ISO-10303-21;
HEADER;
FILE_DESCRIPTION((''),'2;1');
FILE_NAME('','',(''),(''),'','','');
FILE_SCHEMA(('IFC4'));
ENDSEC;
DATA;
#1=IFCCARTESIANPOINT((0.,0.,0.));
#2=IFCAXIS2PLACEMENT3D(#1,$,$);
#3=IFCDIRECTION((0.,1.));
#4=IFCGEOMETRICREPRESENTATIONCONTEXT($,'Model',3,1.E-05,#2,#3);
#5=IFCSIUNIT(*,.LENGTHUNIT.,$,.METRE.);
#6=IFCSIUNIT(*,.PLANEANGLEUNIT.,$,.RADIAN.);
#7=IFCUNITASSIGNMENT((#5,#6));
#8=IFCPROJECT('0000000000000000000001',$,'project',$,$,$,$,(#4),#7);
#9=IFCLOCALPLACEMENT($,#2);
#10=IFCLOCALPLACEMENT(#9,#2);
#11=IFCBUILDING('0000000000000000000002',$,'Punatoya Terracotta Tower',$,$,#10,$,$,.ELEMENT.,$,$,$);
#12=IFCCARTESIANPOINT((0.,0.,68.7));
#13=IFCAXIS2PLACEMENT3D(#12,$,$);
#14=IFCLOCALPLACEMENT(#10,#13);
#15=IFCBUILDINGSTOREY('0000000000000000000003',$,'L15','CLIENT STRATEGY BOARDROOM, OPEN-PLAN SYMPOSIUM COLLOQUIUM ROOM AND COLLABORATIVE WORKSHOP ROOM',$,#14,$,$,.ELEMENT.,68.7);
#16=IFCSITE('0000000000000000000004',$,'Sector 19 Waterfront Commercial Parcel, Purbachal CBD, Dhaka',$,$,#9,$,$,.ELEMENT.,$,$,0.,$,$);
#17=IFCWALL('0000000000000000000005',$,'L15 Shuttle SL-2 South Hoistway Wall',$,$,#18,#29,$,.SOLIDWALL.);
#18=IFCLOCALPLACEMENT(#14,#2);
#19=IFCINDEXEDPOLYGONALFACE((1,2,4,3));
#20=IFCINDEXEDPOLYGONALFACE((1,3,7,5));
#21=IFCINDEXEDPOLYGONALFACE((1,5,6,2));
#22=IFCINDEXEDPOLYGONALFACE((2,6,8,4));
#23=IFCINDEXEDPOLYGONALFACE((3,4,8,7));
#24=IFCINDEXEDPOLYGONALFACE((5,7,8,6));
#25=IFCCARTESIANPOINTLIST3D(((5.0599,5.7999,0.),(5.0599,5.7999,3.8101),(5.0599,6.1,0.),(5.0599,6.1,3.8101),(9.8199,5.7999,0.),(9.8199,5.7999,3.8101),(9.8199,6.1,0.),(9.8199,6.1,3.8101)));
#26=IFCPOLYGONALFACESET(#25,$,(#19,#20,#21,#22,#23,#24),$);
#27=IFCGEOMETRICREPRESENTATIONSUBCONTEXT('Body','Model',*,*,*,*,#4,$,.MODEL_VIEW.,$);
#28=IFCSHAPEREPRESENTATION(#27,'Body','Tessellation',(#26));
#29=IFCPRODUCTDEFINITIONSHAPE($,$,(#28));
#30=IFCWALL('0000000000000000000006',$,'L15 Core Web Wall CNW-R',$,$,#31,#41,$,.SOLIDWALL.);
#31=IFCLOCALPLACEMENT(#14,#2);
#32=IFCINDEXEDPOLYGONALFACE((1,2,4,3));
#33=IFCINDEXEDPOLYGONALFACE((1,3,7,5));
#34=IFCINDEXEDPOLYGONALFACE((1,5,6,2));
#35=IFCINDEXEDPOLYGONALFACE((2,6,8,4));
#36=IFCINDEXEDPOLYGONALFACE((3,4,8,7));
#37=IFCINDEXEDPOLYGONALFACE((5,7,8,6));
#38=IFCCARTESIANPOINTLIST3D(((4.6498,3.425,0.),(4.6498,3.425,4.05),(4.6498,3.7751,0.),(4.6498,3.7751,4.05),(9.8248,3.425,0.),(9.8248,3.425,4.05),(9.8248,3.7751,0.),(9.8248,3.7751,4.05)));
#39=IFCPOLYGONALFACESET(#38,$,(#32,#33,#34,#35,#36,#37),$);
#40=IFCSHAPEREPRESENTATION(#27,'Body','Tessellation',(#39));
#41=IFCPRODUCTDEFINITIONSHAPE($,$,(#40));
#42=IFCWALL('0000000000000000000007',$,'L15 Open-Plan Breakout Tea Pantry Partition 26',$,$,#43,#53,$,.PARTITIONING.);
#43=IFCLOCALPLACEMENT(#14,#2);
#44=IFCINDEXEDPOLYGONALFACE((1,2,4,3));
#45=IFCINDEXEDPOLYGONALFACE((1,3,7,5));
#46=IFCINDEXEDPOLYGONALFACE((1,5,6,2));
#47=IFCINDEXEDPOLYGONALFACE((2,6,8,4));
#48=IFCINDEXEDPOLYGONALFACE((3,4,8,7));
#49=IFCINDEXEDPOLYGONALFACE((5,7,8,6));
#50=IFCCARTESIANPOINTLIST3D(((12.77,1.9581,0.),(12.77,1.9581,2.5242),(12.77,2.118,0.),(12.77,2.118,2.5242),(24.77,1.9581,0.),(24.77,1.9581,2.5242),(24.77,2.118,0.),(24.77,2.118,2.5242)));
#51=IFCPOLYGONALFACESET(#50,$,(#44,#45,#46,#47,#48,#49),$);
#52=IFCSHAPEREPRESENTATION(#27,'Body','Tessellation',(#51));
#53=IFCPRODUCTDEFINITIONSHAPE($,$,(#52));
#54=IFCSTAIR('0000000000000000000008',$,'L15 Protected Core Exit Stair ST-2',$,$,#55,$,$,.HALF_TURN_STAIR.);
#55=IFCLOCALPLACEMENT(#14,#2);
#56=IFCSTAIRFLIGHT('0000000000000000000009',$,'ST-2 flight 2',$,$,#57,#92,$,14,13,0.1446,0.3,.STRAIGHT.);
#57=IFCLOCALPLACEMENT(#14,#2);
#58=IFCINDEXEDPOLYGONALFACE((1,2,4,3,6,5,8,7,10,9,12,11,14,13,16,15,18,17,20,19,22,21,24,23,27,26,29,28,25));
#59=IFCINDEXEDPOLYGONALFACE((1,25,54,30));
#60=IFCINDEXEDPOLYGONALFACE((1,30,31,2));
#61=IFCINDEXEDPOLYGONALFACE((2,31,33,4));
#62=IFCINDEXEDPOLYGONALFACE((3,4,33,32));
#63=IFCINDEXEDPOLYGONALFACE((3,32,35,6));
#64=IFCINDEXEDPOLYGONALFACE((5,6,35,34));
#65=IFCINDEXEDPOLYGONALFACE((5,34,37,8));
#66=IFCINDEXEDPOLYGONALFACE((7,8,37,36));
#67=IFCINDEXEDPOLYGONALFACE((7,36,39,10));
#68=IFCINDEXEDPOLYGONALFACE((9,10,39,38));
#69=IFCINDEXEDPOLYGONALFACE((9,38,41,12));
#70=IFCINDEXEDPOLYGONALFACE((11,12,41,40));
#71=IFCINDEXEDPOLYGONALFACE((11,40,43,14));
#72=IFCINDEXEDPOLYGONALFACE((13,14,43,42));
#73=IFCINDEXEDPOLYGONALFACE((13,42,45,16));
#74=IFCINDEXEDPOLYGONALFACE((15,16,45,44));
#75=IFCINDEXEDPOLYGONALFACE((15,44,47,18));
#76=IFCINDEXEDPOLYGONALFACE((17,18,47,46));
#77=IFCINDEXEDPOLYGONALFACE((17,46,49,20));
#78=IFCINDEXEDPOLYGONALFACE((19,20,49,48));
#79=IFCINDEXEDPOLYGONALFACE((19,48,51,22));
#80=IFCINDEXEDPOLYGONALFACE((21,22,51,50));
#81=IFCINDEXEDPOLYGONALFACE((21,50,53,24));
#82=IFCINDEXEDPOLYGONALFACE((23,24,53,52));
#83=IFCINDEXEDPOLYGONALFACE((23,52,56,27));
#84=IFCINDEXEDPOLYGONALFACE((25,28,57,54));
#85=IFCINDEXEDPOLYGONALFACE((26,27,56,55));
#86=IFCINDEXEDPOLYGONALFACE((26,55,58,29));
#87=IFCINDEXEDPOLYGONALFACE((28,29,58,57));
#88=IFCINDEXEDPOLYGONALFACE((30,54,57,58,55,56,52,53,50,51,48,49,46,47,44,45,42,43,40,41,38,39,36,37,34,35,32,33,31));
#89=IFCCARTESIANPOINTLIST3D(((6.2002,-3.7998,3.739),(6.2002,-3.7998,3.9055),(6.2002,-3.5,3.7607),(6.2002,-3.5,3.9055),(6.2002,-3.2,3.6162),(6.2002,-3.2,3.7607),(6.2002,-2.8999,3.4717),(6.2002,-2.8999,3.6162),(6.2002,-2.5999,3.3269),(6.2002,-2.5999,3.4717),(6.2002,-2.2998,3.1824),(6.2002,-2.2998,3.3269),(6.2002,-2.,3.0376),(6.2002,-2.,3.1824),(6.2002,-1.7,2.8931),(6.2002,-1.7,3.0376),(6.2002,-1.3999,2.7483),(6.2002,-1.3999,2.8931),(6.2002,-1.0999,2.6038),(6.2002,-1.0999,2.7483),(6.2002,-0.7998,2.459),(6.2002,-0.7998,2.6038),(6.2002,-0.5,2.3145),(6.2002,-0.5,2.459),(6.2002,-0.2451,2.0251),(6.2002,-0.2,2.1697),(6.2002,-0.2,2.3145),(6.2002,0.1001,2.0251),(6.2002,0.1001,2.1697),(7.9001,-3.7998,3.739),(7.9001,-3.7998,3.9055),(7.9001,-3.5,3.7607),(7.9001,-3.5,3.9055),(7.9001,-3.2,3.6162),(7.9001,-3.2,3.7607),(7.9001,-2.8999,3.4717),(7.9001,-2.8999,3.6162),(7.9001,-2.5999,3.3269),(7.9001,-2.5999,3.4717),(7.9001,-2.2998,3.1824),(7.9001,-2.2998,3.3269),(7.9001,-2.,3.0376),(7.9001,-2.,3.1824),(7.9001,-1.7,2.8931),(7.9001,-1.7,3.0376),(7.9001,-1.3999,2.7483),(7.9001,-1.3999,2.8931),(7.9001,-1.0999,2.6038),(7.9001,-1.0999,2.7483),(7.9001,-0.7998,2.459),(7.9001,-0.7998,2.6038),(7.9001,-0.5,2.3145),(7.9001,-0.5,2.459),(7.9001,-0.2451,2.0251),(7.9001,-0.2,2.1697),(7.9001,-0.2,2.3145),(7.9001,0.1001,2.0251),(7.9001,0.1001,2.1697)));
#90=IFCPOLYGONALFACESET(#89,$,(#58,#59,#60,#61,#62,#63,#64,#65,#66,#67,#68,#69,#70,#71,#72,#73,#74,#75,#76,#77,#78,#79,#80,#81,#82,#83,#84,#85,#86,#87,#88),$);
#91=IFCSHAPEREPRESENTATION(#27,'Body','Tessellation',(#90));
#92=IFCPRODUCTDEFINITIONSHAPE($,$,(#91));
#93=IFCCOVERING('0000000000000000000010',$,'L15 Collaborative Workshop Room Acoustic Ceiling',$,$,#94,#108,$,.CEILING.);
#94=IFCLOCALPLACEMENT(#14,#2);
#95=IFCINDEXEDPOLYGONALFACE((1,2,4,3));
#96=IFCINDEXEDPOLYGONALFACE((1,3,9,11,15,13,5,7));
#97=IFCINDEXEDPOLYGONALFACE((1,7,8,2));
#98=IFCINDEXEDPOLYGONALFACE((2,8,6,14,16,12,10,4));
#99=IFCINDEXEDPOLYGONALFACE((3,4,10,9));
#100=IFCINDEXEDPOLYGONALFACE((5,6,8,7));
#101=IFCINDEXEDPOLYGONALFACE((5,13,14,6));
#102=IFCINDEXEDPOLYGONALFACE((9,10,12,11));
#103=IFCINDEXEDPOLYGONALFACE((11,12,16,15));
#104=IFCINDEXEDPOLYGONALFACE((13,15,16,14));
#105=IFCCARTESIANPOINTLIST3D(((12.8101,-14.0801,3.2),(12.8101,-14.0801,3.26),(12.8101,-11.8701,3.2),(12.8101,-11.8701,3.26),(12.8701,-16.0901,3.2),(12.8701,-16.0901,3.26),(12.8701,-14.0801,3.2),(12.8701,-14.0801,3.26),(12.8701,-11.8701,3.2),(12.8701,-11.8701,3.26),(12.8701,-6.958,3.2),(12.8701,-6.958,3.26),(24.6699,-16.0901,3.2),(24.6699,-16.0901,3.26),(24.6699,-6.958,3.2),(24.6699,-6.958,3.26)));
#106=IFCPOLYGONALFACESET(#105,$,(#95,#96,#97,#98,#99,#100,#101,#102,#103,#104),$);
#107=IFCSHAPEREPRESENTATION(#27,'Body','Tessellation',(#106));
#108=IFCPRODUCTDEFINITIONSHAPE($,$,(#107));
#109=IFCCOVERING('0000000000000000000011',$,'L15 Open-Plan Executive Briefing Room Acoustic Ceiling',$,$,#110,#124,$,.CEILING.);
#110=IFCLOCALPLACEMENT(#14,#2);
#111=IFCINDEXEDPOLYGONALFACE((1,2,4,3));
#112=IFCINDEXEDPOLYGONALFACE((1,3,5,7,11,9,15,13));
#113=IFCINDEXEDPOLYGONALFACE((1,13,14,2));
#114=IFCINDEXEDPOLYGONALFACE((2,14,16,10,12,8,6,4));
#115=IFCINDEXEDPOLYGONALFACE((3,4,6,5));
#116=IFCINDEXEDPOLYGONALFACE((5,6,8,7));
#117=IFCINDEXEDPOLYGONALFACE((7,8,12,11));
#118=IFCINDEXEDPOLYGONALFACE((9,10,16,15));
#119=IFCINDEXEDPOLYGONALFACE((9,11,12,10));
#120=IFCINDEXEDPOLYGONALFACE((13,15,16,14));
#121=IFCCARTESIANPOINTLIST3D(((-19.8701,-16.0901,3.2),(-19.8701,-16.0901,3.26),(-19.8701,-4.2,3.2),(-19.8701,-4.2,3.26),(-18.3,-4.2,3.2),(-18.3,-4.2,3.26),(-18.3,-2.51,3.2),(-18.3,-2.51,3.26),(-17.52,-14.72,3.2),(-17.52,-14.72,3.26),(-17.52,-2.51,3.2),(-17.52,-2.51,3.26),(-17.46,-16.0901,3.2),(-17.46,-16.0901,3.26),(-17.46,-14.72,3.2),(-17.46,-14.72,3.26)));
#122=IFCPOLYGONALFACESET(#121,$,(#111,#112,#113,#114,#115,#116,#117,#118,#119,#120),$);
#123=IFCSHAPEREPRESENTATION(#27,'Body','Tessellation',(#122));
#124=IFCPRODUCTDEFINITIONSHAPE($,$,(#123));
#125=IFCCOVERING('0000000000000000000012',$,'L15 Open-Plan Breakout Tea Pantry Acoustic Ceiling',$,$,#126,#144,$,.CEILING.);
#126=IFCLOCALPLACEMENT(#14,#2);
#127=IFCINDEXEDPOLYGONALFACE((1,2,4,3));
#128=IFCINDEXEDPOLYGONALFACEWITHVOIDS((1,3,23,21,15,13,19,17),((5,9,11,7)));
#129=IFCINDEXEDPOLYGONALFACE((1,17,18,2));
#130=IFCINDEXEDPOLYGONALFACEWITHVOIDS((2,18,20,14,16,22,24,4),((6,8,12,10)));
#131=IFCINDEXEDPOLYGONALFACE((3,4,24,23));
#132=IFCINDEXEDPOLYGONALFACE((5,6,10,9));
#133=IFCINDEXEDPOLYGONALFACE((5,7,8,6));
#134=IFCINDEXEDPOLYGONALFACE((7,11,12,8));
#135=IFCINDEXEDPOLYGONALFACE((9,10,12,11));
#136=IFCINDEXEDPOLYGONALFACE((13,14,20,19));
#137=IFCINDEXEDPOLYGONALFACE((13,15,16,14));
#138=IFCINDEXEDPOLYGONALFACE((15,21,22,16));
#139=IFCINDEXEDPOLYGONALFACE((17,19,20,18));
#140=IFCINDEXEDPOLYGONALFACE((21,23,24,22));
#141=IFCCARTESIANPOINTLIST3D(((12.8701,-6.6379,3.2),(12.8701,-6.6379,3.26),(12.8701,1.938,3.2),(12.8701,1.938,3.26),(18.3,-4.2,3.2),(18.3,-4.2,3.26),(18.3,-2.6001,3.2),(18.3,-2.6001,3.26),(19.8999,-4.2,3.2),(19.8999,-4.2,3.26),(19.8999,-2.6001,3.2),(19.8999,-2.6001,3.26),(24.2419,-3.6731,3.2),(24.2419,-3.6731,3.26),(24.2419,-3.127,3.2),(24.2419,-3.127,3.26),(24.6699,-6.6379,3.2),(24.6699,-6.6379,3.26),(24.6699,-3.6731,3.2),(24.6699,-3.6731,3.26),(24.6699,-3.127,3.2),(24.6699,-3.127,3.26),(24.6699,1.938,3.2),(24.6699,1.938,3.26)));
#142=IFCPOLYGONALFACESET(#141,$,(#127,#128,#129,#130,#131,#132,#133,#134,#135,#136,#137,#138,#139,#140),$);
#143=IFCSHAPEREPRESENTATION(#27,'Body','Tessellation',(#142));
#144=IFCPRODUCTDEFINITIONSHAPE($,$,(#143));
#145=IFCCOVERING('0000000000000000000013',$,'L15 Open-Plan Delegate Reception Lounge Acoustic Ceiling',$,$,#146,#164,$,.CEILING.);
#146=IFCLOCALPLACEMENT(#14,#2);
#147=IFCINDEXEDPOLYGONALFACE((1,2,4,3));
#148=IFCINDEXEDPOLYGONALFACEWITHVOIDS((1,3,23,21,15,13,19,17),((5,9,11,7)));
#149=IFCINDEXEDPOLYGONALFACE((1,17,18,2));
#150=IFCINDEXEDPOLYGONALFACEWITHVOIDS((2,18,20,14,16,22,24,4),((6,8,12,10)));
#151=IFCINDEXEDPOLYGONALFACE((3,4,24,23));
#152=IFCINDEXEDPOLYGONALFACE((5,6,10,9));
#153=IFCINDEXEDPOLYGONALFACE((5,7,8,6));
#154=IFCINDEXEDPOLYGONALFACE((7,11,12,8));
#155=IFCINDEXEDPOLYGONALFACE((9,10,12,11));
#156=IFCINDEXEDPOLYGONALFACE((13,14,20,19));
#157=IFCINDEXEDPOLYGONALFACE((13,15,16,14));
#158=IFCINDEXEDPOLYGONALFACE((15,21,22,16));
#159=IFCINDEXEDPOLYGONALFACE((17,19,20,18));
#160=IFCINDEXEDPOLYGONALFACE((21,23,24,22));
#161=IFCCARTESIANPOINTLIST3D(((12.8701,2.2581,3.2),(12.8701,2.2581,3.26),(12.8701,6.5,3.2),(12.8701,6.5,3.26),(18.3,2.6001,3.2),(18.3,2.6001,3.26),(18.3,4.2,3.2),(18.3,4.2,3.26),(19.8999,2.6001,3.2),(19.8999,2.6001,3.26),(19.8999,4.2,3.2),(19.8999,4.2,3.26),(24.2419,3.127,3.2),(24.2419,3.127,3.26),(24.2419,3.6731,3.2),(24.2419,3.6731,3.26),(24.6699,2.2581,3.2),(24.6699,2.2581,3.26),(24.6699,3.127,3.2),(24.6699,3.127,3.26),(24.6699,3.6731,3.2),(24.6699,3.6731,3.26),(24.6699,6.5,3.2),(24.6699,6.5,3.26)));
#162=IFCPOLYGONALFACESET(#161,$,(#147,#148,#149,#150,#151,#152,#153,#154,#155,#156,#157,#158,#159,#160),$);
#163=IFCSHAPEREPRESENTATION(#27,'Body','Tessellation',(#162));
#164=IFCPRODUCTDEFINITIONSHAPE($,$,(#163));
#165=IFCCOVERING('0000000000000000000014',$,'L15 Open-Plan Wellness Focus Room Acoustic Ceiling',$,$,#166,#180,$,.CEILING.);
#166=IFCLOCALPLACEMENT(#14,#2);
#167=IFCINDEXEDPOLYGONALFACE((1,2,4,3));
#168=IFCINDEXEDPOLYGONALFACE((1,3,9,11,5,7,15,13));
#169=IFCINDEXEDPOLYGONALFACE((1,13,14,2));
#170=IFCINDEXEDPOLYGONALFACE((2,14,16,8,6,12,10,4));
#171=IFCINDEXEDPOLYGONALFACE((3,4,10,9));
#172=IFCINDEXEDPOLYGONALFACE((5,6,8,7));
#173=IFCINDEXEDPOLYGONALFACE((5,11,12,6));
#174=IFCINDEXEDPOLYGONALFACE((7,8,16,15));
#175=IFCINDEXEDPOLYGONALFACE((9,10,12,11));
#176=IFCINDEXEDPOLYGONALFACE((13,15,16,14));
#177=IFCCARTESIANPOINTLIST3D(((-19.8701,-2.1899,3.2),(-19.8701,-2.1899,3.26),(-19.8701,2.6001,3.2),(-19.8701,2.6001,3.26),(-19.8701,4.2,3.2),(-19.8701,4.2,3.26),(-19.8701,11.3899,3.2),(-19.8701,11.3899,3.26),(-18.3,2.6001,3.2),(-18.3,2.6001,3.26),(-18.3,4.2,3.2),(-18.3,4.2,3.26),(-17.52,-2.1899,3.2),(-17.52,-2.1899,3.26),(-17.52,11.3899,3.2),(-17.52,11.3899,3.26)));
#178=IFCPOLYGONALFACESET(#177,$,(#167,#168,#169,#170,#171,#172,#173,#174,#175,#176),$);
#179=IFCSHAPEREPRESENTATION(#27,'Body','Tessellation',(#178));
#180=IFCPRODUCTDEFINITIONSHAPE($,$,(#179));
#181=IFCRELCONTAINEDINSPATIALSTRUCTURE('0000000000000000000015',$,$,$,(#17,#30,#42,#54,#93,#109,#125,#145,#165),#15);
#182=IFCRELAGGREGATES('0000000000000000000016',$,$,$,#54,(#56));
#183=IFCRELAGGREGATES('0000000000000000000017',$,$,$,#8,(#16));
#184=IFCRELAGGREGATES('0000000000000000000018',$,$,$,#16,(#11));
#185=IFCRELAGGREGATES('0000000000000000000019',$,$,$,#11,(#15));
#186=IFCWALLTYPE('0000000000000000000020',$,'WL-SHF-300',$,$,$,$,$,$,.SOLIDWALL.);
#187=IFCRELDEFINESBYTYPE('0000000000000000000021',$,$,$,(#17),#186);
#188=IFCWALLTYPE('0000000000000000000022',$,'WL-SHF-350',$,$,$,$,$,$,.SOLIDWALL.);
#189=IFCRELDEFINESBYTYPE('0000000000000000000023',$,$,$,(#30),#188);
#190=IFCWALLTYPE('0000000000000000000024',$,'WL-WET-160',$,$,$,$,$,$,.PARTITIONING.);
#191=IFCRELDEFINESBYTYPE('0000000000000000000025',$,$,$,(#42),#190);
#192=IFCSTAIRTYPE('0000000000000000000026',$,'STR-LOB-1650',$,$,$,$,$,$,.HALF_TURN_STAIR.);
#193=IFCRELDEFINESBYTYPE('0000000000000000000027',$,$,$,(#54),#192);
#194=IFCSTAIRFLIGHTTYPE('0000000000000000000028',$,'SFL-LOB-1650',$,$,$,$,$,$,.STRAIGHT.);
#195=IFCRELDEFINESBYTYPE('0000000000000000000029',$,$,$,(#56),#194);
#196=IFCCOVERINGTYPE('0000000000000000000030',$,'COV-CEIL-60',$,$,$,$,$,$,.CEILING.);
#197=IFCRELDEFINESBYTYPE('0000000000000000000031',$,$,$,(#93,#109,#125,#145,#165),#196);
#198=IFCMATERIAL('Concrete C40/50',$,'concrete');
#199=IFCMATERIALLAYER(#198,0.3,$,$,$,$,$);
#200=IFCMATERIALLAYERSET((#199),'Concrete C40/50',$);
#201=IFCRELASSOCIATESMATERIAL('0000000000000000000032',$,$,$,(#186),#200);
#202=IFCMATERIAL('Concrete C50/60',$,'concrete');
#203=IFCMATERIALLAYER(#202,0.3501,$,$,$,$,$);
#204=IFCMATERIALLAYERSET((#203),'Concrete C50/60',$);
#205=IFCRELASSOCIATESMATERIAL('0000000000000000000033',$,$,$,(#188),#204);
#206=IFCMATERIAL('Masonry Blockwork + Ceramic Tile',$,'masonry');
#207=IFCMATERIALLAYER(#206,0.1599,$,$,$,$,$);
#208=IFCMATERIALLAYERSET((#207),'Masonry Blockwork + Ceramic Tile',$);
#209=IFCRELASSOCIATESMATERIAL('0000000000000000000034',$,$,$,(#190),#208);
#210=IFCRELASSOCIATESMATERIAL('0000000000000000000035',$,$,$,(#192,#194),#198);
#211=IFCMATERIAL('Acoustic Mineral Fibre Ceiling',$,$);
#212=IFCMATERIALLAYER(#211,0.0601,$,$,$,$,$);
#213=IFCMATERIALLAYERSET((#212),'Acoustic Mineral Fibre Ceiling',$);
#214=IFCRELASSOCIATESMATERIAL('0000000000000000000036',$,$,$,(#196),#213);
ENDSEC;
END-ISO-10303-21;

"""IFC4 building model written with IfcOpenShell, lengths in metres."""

from ifc_helpers import new_model, si_unit, direction, frame, frame_2d, origin, place, context, subcontext, project, spatial, polyline, rectangle, outline, extrude, material, layer, layer_set, type_object, element, aggregate, save


model = new_model("IFC4")

# Units and contexts
model_context = context("Model", 3, precision=1e-05, world=origin(), true_north=direction((0.0, 1.0)))
body_context = subcontext(model_context, "Body", "Model", "MODEL_VIEW")
ifc_project = project(units=[si_unit("LENGTHUNIT", "METRE"), si_unit("PLANEANGLEUNIT", "RADIAN")], contexts=[model_context])

# Site, building, storey
site_placement = place(None, origin())
site = spatial("IfcSite", under=ifc_project, at=site_placement, Name="Sector 19 Waterfront Commercial Parcel, Purbachal CBD, Dhaka", CompositionType="ELEMENT", RefElevation=0.0)
building_placement = place(site_placement, origin())
building = spatial("IfcBuilding", under=site, at=building_placement, Name="Punatoya Terracotta Tower", CompositionType="ELEMENT")
storey_placement = place(building_placement, frame((0.0, 0.0, 68.7)))
storey = spatial("IfcBuildingStorey", under=building, at=storey_placement, Name="L15", Description="CLIENT STRATEGY BOARDROOM, OPEN-PLAN SYMPOSIUM COLLOQUIUM ROOM AND COLLABORATIVE WORKSHOP ROOM", CompositionType="ELEMENT", Elevation=68.7)

# Shared definitions
ifc_material_1 = material(Name="Concrete C40/50", Category="concrete")

# Walls
ifc_layer_1 = layer(ifc_material_1, 0.3)
ifc_layer_set_1 = layer_set([ifc_layer_1], Name="Concrete C40/50")
wall_type_1 = type_object("IfcWallType", Name="WL-SHF-300", PredefinedType="SOLIDWALL", material=ifc_layer_set_1)
wall_1_placement = place(storey_placement, frame((5.0601, 5.95, 0.0), z_axis=(0.0, 0.0, 1.0), x_axis=(1.0, 0.0, 0.0)))
element("IfcWall", 1, at=wall_1_placement, inside=storey, type_object=wall_type_1, Name="L15 Shuttle SL-2 South Hoistway Wall", PredefinedType="SOLIDWALL", context=body_context, shape_type="SweptSolid", body=[
    extrude(rectangle(XDim=4.76, YDim=0.3, at=frame_2d((2.3799, 0.0))), origin(), (0.0, 0.0, 1.0), 3.8101),
])
ifc_material_2 = material(Name="Concrete C50/60", Category="concrete")
ifc_layer_2 = layer(ifc_material_2, 0.3501)
ifc_layer_set_2 = layer_set([ifc_layer_2], Name="Concrete C50/60")
wall_type_2 = type_object("IfcWallType", Name="WL-SHF-350", PredefinedType="SOLIDWALL", material=ifc_layer_set_2)
wall_2_placement = place(storey_placement, frame((4.6499, 3.6001, 0.0), z_axis=(0.0, 0.0, 1.0), x_axis=(1.0, 0.0, 0.0)))
element("IfcWall", 2, at=wall_2_placement, inside=storey, type_object=wall_type_2, Name="L15 Core Web Wall CNW-R", PredefinedType="SOLIDWALL", context=body_context, shape_type="SweptSolid", body=[
    extrude(rectangle(XDim=5.175, YDim=0.3501, at=frame_2d((2.5874, 0.0))), origin(), (0.0, 0.0, 1.0), 4.05),
])
ifc_material_3 = material(Name="Masonry Blockwork + Ceramic Tile", Category="masonry")
ifc_layer_3 = layer(ifc_material_3, 0.1599)
ifc_layer_set_3 = layer_set([ifc_layer_3], Name="Masonry Blockwork + Ceramic Tile")
wall_type_3 = type_object("IfcWallType", Name="WL-WET-160", PredefinedType="PARTITIONING", material=ifc_layer_set_3)
wall_3_placement = place(storey_placement, frame((12.77, 2.0381, 0.0), z_axis=(0.0, 0.0, 1.0), x_axis=(1.0, 0.0, 0.0)))
element("IfcWall", 3, at=wall_3_placement, inside=storey, type_object=wall_type_3, Name="L15 Open-Plan Breakout Tea Pantry Partition 26", PredefinedType="PARTITIONING", context=body_context, shape_type="SweptSolid", body=[
    extrude(rectangle(XDim=12.0, YDim=0.1599, at=frame_2d((6.0, 0.0))), origin(), (0.0, 0.0, 1.0), 2.5242),
])

# Stair, stair flight
stair_type = type_object("IfcStairType", Name="STR-LOB-1650", PredefinedType="HALF_TURN_STAIR", material=ifc_material_1)
stair_placement = place(storey_placement, origin())
stair = element("IfcStair", 4, at=stair_placement, inside=storey, type_object=stair_type, Name="L15 Protected Core Exit Stair ST-2", PredefinedType="HALF_TURN_STAIR")
stair_flight_type = type_object("IfcStairFlightType", Name="SFL-LOB-1650", PredefinedType="STRAIGHT", material=ifc_material_1)
stair_flight_placement = place(storey_placement, frame((7.05, 0.1001, 2.0251), z_axis=(0.0, 0.0, 1.0), x_axis=(0.0, -1.0, 0.0)))
stair_flight = element("IfcStairFlight", 5, at=stair_flight_placement, type_object=stair_flight_type, Name="ST-2 flight 2", NumberOfRisers=14, NumberOfTreads=13, PredefinedType="STRAIGHT", RiserHeight=0.1446, TreadLength=0.3, context=body_context, shape_type="SweptSolid", body=[
    extrude(outline(polyline([(0.0, 0.0), (0.0, 0.1445), (0.3, 0.1445), (0.3, 0.2893), (0.6001, 0.2893), (0.6001, 0.4338), (0.8999, 0.4338), (0.8999, 0.5786), (1.2, 0.5786), (1.2, 0.7231), (1.5, 0.7231), (1.5, 0.8679), (1.8, 0.8679), (1.8, 1.0125), (2.1001, 1.0125), (2.1001, 1.1572), (2.3999, 1.1572), (2.3999, 1.3018), (2.7, 1.3018), (2.7, 1.4465), (3.0, 1.4465), (3.0, 1.5911), (3.3, 1.5911), (3.3, 1.7356), (3.6001, 1.7356), (3.6001, 1.8804), (3.8999, 1.8804), (3.8999, 2.0249), (3.8999, 1.7139), (0.3452, 0.0), (0.0, 0.0)])), frame((0.0, 0.8501, 0.0), z_axis=(0.0, -1.0, 0.0), x_axis=(1.0, 0.0, 0.0)), (0.0, 0.0, 1.0), 1.7),
])
aggregate(stair, [stair_flight])

# Coverings
ifc_material_4 = material(Name="Acoustic Mineral Fibre Ceiling")
ifc_layer_4 = layer(ifc_material_4, 0.0601)
ifc_layer_set_4 = layer_set([ifc_layer_4], Name="Acoustic Mineral Fibre Ceiling")
covering_type = type_object("IfcCoveringType", Name="COV-CEIL-60", PredefinedType="CEILING", material=ifc_layer_set_4)
covering_1_placement = place(storey_placement, frame((0.0, 0.0, 3.2)))
element("IfcCovering", 6, at=covering_1_placement, inside=storey, type_object=covering_type, Name="L15 Collaborative Workshop Room Acoustic Ceiling", PredefinedType="CEILING", context=body_context, shape_type="SweptSolid", body=[
    extrude(outline(polyline([(12.8101, -14.0801), (12.8701, -14.0801), (12.8701, -16.0901), (24.6699, -16.0901), (24.6699, -6.958), (12.8701, -6.958), (12.8701, -11.8701), (12.8101, -11.8701), (12.8101, -14.0801)])), origin(), (0.0, 0.0, 1.0), 0.0601),
])
covering_2_placement = place(storey_placement, frame((0.0, 0.0, 3.2)))
element("IfcCovering", 7, at=covering_2_placement, inside=storey, type_object=covering_type, Name="L15 Open-Plan Executive Briefing Room Acoustic Ceiling", PredefinedType="CEILING", context=body_context, shape_type="SweptSolid", body=[
    extrude(outline(polyline([(-18.3, -2.51), (-18.3, -4.2), (-19.8701, -4.2), (-19.8701, -16.0901), (-17.46, -16.0901), (-17.46, -14.72), (-17.52, -14.72), (-17.52, -2.51), (-18.3, -2.51)])), origin(), (0.0, 0.0, 1.0), 0.0601),
])
covering_3_placement = place(storey_placement, frame((0.0, 0.0, 3.2)))
element("IfcCovering", 8, at=covering_3_placement, inside=storey, type_object=covering_type, Name="L15 Open-Plan Breakout Tea Pantry Acoustic Ceiling", PredefinedType="CEILING", context=body_context, shape_type="SweptSolid", body=[
    extrude(outline(polyline([(24.2419, -3.6731), (24.2419, -3.127), (24.6699, -3.127), (24.6699, 1.938), (12.8701, 1.938), (12.8701, -6.6379), (24.6699, -6.6379), (24.6699, -3.6731), (24.2419, -3.6731)]), holes=[polyline([(18.3, -4.2), (18.3, -2.6001), (19.8999, -2.6001), (19.8999, -4.2), (18.3, -4.2)])]), origin(), (0.0, 0.0, 1.0), 0.0601),
])
covering_4_placement = place(storey_placement, frame((0.0, 0.0, 3.2)))
element("IfcCovering", 9, at=covering_4_placement, inside=storey, type_object=covering_type, Name="L15 Open-Plan Delegate Reception Lounge Acoustic Ceiling", PredefinedType="CEILING", context=body_context, shape_type="SweptSolid", body=[
    extrude(outline(polyline([(12.8701, 6.5), (12.8701, 2.2581), (24.6699, 2.2581), (24.6699, 3.127), (24.2419, 3.127), (24.2419, 3.6731), (24.6699, 3.6731), (24.6699, 6.5), (12.8701, 6.5)]), holes=[polyline([(18.3, 4.2), (19.8999, 4.2), (19.8999, 2.6001), (18.3, 2.6001), (18.3, 4.2)])]), origin(), (0.0, 0.0, 1.0), 0.0601),
])
covering_5_placement = place(storey_placement, frame((0.0, 0.0, 3.2)))
element("IfcCovering", 10, at=covering_5_placement, inside=storey, type_object=covering_type, Name="L15 Open-Plan Wellness Focus Room Acoustic Ceiling", PredefinedType="CEILING", context=body_context, shape_type="SweptSolid", body=[
    extrude(outline(polyline([(-19.8701, 2.6001), (-19.8701, -2.1899), (-17.52, -2.1899), (-17.52, 11.3899), (-19.8701, 11.3899), (-19.8701, 4.2), (-18.3, 4.2), (-18.3, 2.6001), (-19.8701, 2.6001)])), origin(), (0.0, 0.0, 1.0), 0.0601),
])

save(model, "model.ifc")
